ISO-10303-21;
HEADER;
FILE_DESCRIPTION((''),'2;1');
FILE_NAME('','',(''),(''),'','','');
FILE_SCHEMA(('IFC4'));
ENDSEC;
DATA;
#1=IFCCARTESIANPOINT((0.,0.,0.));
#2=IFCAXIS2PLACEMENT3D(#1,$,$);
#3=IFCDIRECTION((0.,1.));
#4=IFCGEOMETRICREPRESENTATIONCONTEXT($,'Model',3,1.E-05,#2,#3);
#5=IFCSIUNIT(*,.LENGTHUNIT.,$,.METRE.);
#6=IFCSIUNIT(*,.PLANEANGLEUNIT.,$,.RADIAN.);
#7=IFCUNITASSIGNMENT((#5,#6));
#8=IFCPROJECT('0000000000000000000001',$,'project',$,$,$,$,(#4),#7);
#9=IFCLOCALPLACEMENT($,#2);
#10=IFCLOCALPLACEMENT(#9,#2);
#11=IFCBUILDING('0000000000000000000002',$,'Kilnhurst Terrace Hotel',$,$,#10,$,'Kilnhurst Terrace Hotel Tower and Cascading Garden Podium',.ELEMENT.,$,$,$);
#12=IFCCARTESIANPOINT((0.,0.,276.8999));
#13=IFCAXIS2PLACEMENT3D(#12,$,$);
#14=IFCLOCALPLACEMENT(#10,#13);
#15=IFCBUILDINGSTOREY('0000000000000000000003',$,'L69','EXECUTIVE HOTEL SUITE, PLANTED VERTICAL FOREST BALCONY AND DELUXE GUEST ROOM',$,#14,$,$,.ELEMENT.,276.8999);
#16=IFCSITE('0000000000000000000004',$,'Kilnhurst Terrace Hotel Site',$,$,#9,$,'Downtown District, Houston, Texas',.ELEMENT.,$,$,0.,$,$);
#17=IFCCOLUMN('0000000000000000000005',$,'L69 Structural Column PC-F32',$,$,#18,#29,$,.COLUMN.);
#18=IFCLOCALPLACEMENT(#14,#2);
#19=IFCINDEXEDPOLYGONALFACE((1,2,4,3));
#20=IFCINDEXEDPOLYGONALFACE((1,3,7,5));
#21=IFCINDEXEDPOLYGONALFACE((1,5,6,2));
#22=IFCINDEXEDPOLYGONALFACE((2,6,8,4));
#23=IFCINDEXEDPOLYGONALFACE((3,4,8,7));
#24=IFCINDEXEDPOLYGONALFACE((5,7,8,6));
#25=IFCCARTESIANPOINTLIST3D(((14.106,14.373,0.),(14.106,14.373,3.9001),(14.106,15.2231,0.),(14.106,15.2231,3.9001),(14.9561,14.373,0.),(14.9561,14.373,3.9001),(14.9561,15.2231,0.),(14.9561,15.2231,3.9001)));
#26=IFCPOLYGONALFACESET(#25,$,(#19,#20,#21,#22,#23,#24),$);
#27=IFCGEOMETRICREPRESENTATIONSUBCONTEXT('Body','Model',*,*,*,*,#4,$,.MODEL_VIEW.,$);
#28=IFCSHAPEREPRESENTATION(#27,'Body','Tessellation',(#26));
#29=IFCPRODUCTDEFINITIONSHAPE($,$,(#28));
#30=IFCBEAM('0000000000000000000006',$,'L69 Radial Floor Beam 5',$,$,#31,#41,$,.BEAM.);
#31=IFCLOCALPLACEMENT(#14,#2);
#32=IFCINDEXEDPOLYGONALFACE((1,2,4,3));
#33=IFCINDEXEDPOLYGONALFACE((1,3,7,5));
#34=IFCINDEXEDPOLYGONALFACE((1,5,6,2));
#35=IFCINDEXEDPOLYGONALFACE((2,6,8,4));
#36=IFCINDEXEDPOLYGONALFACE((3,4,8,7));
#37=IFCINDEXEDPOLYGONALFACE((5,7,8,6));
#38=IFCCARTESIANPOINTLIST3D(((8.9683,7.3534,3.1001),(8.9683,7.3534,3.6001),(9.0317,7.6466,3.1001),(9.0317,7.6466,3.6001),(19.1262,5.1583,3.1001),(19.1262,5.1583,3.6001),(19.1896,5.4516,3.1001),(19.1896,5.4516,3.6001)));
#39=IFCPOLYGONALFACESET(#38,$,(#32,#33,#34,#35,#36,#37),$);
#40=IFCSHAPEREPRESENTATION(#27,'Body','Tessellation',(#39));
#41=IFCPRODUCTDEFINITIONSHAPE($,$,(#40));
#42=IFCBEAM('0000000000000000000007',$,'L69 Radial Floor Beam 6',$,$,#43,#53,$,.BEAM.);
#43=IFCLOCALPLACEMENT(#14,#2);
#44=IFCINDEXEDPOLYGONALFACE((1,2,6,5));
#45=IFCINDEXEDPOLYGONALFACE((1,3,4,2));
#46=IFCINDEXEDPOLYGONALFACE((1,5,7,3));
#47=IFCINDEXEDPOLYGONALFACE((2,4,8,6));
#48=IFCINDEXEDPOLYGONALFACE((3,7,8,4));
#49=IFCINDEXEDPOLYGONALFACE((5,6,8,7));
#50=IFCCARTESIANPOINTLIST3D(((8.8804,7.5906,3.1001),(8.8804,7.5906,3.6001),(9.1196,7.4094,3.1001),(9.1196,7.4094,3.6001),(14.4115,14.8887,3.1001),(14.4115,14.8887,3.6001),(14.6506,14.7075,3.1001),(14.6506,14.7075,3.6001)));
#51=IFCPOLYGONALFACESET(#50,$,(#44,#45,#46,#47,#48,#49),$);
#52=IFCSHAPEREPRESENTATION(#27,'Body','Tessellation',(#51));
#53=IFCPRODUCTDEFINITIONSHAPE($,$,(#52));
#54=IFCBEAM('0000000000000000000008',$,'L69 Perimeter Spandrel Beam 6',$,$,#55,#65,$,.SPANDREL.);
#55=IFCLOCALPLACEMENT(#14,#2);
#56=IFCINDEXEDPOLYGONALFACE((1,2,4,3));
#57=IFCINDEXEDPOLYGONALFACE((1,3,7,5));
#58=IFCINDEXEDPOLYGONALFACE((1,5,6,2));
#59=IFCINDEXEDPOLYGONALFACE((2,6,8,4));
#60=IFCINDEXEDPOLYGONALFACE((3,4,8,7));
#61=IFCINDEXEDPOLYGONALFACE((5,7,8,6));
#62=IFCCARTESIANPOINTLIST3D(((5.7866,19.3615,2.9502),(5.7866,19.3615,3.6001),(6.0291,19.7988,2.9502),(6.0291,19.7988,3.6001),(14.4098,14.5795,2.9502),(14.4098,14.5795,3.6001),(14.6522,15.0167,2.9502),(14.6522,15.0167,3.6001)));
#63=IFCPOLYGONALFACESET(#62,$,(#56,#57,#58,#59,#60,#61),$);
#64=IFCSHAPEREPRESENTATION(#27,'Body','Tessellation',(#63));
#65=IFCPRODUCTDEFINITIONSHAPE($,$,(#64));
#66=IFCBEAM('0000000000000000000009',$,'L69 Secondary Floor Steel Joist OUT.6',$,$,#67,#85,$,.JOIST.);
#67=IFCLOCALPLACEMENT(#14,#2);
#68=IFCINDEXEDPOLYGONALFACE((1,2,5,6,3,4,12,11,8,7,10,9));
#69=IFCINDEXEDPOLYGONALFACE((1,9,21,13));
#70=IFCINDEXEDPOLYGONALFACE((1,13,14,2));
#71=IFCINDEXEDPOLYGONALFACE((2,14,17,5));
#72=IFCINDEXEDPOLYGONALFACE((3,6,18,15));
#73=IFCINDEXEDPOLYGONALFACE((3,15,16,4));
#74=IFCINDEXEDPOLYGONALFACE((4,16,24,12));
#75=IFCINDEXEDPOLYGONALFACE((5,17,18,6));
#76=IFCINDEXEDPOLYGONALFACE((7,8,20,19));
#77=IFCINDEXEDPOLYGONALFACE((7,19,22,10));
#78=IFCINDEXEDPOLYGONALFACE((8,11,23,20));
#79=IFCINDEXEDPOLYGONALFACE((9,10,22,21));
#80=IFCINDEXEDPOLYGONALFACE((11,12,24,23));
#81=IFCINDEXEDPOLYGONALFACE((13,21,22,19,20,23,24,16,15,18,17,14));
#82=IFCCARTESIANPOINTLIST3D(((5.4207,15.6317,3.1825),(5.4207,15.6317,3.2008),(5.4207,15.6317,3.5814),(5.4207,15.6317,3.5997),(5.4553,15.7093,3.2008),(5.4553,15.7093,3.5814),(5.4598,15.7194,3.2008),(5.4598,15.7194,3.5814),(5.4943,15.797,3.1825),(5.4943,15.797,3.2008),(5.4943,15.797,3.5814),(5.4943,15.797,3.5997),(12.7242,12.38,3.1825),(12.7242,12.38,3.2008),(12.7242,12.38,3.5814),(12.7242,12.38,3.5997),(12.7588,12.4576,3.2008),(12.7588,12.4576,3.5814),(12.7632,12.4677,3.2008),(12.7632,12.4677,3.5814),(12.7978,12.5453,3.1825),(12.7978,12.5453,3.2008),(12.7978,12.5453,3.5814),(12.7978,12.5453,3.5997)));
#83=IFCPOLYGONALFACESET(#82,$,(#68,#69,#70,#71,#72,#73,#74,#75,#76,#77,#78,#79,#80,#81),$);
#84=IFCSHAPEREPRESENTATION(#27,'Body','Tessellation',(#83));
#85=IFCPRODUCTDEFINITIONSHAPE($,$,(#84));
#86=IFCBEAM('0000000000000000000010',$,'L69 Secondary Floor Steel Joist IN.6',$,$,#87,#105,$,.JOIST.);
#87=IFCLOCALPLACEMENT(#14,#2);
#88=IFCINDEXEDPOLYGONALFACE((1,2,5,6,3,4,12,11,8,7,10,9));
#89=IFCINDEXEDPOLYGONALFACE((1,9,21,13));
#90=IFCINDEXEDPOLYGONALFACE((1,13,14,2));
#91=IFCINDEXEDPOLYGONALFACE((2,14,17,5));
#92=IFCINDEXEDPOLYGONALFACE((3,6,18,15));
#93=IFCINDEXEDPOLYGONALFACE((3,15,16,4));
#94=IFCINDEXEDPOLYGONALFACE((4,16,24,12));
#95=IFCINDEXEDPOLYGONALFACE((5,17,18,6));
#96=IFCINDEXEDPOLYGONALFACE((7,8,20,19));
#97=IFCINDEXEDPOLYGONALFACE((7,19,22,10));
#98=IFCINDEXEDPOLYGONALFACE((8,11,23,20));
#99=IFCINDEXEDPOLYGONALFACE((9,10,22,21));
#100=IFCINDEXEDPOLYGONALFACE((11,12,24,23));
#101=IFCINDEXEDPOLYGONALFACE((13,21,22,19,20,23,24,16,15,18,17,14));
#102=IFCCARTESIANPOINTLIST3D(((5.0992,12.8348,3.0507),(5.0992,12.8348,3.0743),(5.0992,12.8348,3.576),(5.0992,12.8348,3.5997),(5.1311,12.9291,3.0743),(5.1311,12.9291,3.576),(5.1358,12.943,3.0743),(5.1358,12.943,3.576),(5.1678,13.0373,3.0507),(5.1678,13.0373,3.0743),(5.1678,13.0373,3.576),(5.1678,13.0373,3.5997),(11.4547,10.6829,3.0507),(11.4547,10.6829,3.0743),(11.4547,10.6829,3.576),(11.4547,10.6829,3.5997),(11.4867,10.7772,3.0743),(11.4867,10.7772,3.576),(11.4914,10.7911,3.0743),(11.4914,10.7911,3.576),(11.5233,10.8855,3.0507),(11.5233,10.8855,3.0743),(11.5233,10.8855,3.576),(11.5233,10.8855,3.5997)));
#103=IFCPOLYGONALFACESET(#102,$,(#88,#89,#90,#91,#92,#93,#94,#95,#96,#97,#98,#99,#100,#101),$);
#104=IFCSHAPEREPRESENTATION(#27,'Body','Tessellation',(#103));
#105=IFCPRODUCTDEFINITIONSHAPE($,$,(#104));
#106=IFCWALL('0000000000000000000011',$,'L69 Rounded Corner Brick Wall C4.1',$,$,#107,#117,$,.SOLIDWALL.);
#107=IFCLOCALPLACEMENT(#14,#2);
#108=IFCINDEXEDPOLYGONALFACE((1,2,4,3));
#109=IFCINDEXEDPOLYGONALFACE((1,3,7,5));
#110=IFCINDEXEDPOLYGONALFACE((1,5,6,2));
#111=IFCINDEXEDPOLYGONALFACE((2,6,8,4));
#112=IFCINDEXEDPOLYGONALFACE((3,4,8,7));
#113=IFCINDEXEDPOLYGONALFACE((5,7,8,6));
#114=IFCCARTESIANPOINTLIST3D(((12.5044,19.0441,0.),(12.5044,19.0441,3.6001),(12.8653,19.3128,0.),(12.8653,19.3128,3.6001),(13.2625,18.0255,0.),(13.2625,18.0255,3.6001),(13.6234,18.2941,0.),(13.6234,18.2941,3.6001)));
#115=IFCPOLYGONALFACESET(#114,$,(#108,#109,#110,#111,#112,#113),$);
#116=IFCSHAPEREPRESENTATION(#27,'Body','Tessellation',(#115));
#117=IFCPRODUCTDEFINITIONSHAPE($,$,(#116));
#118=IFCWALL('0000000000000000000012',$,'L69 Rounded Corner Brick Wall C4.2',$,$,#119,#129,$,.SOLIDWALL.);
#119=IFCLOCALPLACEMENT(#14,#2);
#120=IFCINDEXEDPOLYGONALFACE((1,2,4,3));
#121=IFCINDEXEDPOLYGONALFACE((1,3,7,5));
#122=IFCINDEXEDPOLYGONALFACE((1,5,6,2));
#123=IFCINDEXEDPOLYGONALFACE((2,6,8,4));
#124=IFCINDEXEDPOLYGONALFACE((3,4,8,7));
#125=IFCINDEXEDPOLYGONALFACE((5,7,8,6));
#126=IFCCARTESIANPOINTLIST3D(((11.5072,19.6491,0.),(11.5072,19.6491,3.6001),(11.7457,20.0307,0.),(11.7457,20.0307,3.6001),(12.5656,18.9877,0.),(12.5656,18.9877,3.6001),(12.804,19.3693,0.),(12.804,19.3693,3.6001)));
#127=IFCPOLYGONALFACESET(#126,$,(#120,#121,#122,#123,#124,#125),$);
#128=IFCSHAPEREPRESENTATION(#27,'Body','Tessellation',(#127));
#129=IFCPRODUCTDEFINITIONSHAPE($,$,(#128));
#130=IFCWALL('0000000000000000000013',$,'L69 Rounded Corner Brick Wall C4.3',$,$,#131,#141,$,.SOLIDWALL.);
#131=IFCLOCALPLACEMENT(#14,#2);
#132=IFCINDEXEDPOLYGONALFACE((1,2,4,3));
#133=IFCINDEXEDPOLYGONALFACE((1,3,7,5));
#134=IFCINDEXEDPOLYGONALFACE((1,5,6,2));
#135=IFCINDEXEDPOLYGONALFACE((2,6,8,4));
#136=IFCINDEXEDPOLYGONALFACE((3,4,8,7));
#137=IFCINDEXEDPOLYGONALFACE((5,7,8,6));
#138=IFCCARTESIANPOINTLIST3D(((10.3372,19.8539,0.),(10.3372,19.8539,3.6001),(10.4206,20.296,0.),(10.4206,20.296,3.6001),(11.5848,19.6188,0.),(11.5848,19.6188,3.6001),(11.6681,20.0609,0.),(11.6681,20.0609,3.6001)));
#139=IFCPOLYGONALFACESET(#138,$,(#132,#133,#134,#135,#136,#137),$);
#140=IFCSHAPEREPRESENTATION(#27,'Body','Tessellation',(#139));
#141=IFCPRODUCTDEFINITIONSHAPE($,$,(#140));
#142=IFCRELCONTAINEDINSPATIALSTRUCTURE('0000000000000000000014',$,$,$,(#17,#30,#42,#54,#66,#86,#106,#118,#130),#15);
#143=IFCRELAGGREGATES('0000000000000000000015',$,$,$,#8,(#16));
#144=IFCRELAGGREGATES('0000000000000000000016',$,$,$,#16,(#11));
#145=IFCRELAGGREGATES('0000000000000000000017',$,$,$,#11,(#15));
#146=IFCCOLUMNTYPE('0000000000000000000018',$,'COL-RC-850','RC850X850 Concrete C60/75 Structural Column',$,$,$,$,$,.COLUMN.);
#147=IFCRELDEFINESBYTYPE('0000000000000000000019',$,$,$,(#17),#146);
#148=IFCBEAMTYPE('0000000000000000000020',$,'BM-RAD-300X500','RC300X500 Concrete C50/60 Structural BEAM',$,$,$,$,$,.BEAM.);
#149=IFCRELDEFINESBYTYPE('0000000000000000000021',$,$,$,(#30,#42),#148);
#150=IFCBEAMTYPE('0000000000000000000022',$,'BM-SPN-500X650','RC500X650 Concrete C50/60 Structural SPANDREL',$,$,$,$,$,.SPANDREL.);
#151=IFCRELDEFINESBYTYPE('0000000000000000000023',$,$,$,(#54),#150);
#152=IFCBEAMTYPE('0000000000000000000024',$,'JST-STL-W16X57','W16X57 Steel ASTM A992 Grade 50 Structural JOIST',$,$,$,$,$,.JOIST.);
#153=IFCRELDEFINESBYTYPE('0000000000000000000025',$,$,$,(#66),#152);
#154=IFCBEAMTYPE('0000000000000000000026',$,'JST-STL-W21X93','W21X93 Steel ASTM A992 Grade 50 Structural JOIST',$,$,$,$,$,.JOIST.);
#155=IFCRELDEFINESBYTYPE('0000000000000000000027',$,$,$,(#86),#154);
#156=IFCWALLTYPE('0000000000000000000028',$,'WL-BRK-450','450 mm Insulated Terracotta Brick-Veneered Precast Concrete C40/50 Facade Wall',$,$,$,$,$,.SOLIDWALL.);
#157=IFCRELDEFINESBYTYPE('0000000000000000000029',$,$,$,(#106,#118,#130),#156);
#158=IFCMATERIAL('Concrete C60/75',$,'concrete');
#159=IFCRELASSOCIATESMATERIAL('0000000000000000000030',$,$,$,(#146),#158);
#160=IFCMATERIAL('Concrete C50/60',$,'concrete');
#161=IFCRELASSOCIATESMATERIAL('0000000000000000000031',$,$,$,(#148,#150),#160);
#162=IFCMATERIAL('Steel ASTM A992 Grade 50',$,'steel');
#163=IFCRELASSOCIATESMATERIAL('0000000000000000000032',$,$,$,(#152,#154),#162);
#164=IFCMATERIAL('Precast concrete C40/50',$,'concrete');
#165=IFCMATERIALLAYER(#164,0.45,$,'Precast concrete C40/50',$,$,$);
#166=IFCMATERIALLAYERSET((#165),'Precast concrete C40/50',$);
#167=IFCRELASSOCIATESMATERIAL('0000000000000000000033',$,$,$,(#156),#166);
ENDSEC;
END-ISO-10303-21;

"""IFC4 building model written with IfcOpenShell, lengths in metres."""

from ifc_helpers import new_model, si_unit, direction, frame, frame_2d, origin, origin_2d, place, context, subcontext, project, spatial, rectangle, i_section, extrude, material, layer, layer_set, material_profile, profile_set, type_object, element, save


model = new_model("IFC4")

# Units and contexts
model_context = context("Model", 3, precision=1e-05, world=origin(), true_north=direction((0.0, 1.0)))
body_context = subcontext(model_context, "Body", "Model", "MODEL_VIEW")
ifc_project = project(units=[si_unit("LENGTHUNIT", "METRE"), si_unit("PLANEANGLEUNIT", "RADIAN")], contexts=[model_context])

# Site, building, storey
site_placement = place(None, origin())
site = spatial("IfcSite", under=ifc_project, at=site_placement, Name="Kilnhurst Terrace Hotel Site", LongName="Downtown District, Houston, Texas", CompositionType="ELEMENT", RefElevation=0.0)
building_placement = place(site_placement, origin())
building = spatial("IfcBuilding", under=site, at=building_placement, Name="Kilnhurst Terrace Hotel", LongName="Kilnhurst Terrace Hotel Tower and Cascading Garden Podium", CompositionType="ELEMENT")
storey_placement = place(building_placement, frame((0.0, 0.0, 276.8999)))
storey = spatial("IfcBuildingStorey", under=building, at=storey_placement, Name="L69", Description="EXECUTIVE HOTEL SUITE, PLANTED VERTICAL FOREST BALCONY AND DELUXE GUEST ROOM", CompositionType="ELEMENT", Elevation=276.8999)

# Column
ifc_material_1 = material(Name="Concrete C60/75", Category="concrete")
ifc_material_profile_1 = material_profile(ifc_material_1, rectangle(XDim=0.8501, YDim=0.8501, at=origin_2d()), Name="RC850X850")
ifc_profile_set_1 = profile_set([ifc_material_profile_1], Name="Concrete C60/75")
column_type = type_object("IfcColumnType", Name="COL-RC-850", Description="RC850X850 Concrete C60/75 Structural Column", PredefinedType="COLUMN", material=ifc_profile_set_1)
column_placement = place(storey_placement, frame((14.531, 14.7981, 0.0), z_axis=(0.0, 0.0, 1.0), x_axis=(1.0, 0.0, 0.0)))
element("IfcColumn", 1, at=column_placement, inside=storey, type_object=column_type, Name="L69 Structural Column PC-F32", PredefinedType="COLUMN", context=body_context, shape_type="SweptSolid", body=[
    extrude(rectangle(XDim=0.8501, YDim=0.8501, at=origin_2d()), origin(), (0.0, 0.0, 1.0), 3.9001),
])

# Beams
ifc_material_2 = material(Name="Concrete C50/60", Category="concrete")
ifc_material_profile_2 = material_profile(ifc_material_2, rectangle(XDim=0.3, YDim=0.5, at=origin_2d()), Name="RC300X500")
ifc_profile_set_2 = profile_set([ifc_material_profile_2], Name="Concrete C50/60")
beam_type_1 = type_object("IfcBeamType", Name="BM-RAD-300X500", Description="RC300X500 Concrete C50/60 Structural BEAM", PredefinedType="BEAM", material=ifc_profile_set_2)
beam_1_placement = place(storey_placement, frame((9.0, 7.5, 3.3501), z_axis=(0.977439, -0.211218, 0.0), x_axis=(0.211218, 0.977439, 0.0)))
element("IfcBeam", 2, at=beam_1_placement, inside=storey, type_object=beam_type_1, Name="L69 Radial Floor Beam 5", PredefinedType="BEAM", context=body_context, shape_type="SweptSolid", body=[
    extrude(rectangle(XDim=0.3, YDim=0.5, at=origin_2d()), origin(), (0.0, 0.0, 1.0), 10.3923),
])
beam_2_placement = place(storey_placement, frame((9.0, 7.5, 3.3501), z_axis=(0.604007, 0.796979, 0.0), x_axis=(-0.796979, 0.604007, 0.0)))
element("IfcBeam", 3, at=beam_2_placement, inside=storey, type_object=beam_type_1, Name="L69 Radial Floor Beam 6", PredefinedType="BEAM", context=body_context, shape_type="SweptSolid", body=[
    extrude(rectangle(XDim=0.3, YDim=0.5, at=origin_2d()), origin(), (0.0, 0.0, 1.0), 9.1572),
])
ifc_material_profile_3 = material_profile(ifc_material_2, rectangle(XDim=0.5, YDim=0.6499, at=origin_2d()), Name="RC500X650")
ifc_profile_set_3 = profile_set([ifc_material_profile_3], Name="Concrete C50/60")
beam_type_2 = type_object("IfcBeamType", Name="BM-SPN-500X650", Description="RC500X650 Concrete C50/60 Structural SPANDREL", PredefinedType="SPANDREL", material=ifc_profile_set_3)
beam_3_placement = place(storey_placement, frame((14.531, 14.7981, 3.2751), z_axis=(-0.874527, 0.484976, 0.0), x_axis=(-0.484976, -0.874527, 0.0)))
element("IfcBeam", 4, at=beam_3_placement, inside=storey, type_object=beam_type_2, Name="L69 Perimeter Spandrel Beam 6", PredefinedType="SPANDREL", context=body_context, shape_type="SweptSolid", body=[
    extrude(rectangle(XDim=0.5, YDim=0.6499, at=origin_2d()), origin(), (0.0, 0.0, 1.0), 9.8604),
])
ifc_material_3 = material(Name="Steel ASTM A992 Grade 50", Category="steel")
ifc_material_profile_4 = material_profile(ifc_material_3, i_section(OverallWidth=0.1809, OverallDepth=0.4172, WebThickness=0.011, FlangeThickness=0.0183, at=origin_2d()), Name="W16X57")
ifc_profile_set_4 = profile_set([ifc_material_profile_4], Name="Steel ASTM A992 Grade 50")
beam_type_3 = type_object("IfcBeamType", Name="JST-STL-W16X57", Description="W16X57 Steel ASTM A992 Grade 50 Structural JOIST", PredefinedType="JOIST", material=ifc_profile_set_4)
beam_4_placement = place(storey_placement, frame((12.761, 12.4626, 3.3911), z_axis=(-0.913546, 0.406736, 0.0), x_axis=(-0.406736, -0.913546, 0.0)))
element("IfcBeam", 5, at=beam_4_placement, inside=storey, type_object=beam_type_3, Name="L69 Secondary Floor Steel Joist OUT.6", PredefinedType="JOIST", context=body_context, shape_type="SweptSolid", body=[
    extrude(i_section(OverallWidth=0.1809, OverallDepth=0.4172, WebThickness=0.011, FlangeThickness=0.0183, at=origin_2d()), origin(), (0.0, 0.0, 1.0), 7.9946),
])
ifc_material_profile_5 = material_profile(ifc_material_3, i_section(OverallWidth=0.2139, OverallDepth=0.5491, WebThickness=0.0146, FlangeThickness=0.0237, at=origin_2d()), Name="W21X93")
ifc_profile_set_5 = profile_set([ifc_material_profile_5], Name="Steel ASTM A992 Grade 50")
beam_type_4 = type_object("IfcBeamType", Name="JST-STL-W21X93", Description="W21X93 Steel ASTM A992 Grade 50 Structural JOIST", PredefinedType="JOIST", material=ifc_profile_set_5)
beam_5_placement = place(storey_placement, frame((11.489, 10.7842, 3.3252), z_axis=(-0.947181, 0.3207, 0.0), x_axis=(-0.3207, -0.947181, 0.0)))
element("IfcBeam", 6, at=beam_5_placement, inside=storey, type_object=beam_type_4, Name="L69 Secondary Floor Steel Joist IN.6", PredefinedType="JOIST", context=body_context, shape_type="SweptSolid", body=[
    extrude(i_section(OverallWidth=0.2139, OverallDepth=0.5491, WebThickness=0.0146, FlangeThickness=0.0237, at=origin_2d()), origin(), (0.0, 0.0, 1.0), 6.71),
])

# Walls
ifc_material_4 = material(Name="Precast concrete C40/50", Category="concrete")
ifc_layer_1 = layer(ifc_material_4, 0.45, Name="Precast concrete C40/50")
ifc_layer_set_1 = layer_set([ifc_layer_1], Name="Precast concrete C40/50")
wall_type_1 = type_object("IfcWallType", Name="WL-BRK-450", Description="450 mm Insulated Terracotta Brick-Veneered Precast Concrete C40/50 Facade Wall", PredefinedType="SOLIDWALL", material=ifc_layer_set_1)
wall_1_placement = place(storey_placement, frame((13.4429, 18.1599, 0.0), z_axis=(0.0, 0.0, 1.0), x_axis=(-0.597042, 0.80221, 0.0)))
element("IfcWall", 7, at=wall_1_placement, inside=storey, type_object=wall_type_1, Name="L69 Rounded Corner Brick Wall C4.1", PredefinedType="SOLIDWALL", context=body_context, shape_type="SweptSolid", body=[
    extrude(rectangle(XDim=1.2698, YDim=0.45, at=frame_2d((0.6348, 0.0))), origin(), (0.0, 0.0, 1.0), 3.6001),
])
wall_2_placement = place(storey_placement, frame((12.6848, 19.1785, 0.0), z_axis=(0.0, 0.0, 1.0), x_axis=(-0.848031, 0.529946, 0.0)))
element("IfcWall", 8, at=wall_2_placement, inside=storey, type_object=wall_type_1, Name="L69 Rounded Corner Brick Wall C4.2", PredefinedType="SOLIDWALL", context=body_context, shape_type="SweptSolid", body=[
    extrude(rectangle(XDim=1.248, YDim=0.45, at=frame_2d((0.624, 0.0))), origin(), (0.0, 0.0, 1.0), 3.6001),
])
wall_3_placement = place(storey_placement, frame((11.6265, 19.8398, 0.0), z_axis=(0.0, 0.0, 1.0), x_axis=(-0.982702, 0.185194, 0.0)))
element("IfcWall", 9, at=wall_3_placement, inside=storey, type_object=wall_type_1, Name="L69 Rounded Corner Brick Wall C4.3", PredefinedType="SOLIDWALL", context=body_context, shape_type="SweptSolid", body=[
    extrude(rectangle(XDim=1.2695, YDim=0.45, at=frame_2d((0.6348, 0.0))), origin(), (0.0, 0.0, 1.0), 3.6001),
])

save(model, "model.ifc")
